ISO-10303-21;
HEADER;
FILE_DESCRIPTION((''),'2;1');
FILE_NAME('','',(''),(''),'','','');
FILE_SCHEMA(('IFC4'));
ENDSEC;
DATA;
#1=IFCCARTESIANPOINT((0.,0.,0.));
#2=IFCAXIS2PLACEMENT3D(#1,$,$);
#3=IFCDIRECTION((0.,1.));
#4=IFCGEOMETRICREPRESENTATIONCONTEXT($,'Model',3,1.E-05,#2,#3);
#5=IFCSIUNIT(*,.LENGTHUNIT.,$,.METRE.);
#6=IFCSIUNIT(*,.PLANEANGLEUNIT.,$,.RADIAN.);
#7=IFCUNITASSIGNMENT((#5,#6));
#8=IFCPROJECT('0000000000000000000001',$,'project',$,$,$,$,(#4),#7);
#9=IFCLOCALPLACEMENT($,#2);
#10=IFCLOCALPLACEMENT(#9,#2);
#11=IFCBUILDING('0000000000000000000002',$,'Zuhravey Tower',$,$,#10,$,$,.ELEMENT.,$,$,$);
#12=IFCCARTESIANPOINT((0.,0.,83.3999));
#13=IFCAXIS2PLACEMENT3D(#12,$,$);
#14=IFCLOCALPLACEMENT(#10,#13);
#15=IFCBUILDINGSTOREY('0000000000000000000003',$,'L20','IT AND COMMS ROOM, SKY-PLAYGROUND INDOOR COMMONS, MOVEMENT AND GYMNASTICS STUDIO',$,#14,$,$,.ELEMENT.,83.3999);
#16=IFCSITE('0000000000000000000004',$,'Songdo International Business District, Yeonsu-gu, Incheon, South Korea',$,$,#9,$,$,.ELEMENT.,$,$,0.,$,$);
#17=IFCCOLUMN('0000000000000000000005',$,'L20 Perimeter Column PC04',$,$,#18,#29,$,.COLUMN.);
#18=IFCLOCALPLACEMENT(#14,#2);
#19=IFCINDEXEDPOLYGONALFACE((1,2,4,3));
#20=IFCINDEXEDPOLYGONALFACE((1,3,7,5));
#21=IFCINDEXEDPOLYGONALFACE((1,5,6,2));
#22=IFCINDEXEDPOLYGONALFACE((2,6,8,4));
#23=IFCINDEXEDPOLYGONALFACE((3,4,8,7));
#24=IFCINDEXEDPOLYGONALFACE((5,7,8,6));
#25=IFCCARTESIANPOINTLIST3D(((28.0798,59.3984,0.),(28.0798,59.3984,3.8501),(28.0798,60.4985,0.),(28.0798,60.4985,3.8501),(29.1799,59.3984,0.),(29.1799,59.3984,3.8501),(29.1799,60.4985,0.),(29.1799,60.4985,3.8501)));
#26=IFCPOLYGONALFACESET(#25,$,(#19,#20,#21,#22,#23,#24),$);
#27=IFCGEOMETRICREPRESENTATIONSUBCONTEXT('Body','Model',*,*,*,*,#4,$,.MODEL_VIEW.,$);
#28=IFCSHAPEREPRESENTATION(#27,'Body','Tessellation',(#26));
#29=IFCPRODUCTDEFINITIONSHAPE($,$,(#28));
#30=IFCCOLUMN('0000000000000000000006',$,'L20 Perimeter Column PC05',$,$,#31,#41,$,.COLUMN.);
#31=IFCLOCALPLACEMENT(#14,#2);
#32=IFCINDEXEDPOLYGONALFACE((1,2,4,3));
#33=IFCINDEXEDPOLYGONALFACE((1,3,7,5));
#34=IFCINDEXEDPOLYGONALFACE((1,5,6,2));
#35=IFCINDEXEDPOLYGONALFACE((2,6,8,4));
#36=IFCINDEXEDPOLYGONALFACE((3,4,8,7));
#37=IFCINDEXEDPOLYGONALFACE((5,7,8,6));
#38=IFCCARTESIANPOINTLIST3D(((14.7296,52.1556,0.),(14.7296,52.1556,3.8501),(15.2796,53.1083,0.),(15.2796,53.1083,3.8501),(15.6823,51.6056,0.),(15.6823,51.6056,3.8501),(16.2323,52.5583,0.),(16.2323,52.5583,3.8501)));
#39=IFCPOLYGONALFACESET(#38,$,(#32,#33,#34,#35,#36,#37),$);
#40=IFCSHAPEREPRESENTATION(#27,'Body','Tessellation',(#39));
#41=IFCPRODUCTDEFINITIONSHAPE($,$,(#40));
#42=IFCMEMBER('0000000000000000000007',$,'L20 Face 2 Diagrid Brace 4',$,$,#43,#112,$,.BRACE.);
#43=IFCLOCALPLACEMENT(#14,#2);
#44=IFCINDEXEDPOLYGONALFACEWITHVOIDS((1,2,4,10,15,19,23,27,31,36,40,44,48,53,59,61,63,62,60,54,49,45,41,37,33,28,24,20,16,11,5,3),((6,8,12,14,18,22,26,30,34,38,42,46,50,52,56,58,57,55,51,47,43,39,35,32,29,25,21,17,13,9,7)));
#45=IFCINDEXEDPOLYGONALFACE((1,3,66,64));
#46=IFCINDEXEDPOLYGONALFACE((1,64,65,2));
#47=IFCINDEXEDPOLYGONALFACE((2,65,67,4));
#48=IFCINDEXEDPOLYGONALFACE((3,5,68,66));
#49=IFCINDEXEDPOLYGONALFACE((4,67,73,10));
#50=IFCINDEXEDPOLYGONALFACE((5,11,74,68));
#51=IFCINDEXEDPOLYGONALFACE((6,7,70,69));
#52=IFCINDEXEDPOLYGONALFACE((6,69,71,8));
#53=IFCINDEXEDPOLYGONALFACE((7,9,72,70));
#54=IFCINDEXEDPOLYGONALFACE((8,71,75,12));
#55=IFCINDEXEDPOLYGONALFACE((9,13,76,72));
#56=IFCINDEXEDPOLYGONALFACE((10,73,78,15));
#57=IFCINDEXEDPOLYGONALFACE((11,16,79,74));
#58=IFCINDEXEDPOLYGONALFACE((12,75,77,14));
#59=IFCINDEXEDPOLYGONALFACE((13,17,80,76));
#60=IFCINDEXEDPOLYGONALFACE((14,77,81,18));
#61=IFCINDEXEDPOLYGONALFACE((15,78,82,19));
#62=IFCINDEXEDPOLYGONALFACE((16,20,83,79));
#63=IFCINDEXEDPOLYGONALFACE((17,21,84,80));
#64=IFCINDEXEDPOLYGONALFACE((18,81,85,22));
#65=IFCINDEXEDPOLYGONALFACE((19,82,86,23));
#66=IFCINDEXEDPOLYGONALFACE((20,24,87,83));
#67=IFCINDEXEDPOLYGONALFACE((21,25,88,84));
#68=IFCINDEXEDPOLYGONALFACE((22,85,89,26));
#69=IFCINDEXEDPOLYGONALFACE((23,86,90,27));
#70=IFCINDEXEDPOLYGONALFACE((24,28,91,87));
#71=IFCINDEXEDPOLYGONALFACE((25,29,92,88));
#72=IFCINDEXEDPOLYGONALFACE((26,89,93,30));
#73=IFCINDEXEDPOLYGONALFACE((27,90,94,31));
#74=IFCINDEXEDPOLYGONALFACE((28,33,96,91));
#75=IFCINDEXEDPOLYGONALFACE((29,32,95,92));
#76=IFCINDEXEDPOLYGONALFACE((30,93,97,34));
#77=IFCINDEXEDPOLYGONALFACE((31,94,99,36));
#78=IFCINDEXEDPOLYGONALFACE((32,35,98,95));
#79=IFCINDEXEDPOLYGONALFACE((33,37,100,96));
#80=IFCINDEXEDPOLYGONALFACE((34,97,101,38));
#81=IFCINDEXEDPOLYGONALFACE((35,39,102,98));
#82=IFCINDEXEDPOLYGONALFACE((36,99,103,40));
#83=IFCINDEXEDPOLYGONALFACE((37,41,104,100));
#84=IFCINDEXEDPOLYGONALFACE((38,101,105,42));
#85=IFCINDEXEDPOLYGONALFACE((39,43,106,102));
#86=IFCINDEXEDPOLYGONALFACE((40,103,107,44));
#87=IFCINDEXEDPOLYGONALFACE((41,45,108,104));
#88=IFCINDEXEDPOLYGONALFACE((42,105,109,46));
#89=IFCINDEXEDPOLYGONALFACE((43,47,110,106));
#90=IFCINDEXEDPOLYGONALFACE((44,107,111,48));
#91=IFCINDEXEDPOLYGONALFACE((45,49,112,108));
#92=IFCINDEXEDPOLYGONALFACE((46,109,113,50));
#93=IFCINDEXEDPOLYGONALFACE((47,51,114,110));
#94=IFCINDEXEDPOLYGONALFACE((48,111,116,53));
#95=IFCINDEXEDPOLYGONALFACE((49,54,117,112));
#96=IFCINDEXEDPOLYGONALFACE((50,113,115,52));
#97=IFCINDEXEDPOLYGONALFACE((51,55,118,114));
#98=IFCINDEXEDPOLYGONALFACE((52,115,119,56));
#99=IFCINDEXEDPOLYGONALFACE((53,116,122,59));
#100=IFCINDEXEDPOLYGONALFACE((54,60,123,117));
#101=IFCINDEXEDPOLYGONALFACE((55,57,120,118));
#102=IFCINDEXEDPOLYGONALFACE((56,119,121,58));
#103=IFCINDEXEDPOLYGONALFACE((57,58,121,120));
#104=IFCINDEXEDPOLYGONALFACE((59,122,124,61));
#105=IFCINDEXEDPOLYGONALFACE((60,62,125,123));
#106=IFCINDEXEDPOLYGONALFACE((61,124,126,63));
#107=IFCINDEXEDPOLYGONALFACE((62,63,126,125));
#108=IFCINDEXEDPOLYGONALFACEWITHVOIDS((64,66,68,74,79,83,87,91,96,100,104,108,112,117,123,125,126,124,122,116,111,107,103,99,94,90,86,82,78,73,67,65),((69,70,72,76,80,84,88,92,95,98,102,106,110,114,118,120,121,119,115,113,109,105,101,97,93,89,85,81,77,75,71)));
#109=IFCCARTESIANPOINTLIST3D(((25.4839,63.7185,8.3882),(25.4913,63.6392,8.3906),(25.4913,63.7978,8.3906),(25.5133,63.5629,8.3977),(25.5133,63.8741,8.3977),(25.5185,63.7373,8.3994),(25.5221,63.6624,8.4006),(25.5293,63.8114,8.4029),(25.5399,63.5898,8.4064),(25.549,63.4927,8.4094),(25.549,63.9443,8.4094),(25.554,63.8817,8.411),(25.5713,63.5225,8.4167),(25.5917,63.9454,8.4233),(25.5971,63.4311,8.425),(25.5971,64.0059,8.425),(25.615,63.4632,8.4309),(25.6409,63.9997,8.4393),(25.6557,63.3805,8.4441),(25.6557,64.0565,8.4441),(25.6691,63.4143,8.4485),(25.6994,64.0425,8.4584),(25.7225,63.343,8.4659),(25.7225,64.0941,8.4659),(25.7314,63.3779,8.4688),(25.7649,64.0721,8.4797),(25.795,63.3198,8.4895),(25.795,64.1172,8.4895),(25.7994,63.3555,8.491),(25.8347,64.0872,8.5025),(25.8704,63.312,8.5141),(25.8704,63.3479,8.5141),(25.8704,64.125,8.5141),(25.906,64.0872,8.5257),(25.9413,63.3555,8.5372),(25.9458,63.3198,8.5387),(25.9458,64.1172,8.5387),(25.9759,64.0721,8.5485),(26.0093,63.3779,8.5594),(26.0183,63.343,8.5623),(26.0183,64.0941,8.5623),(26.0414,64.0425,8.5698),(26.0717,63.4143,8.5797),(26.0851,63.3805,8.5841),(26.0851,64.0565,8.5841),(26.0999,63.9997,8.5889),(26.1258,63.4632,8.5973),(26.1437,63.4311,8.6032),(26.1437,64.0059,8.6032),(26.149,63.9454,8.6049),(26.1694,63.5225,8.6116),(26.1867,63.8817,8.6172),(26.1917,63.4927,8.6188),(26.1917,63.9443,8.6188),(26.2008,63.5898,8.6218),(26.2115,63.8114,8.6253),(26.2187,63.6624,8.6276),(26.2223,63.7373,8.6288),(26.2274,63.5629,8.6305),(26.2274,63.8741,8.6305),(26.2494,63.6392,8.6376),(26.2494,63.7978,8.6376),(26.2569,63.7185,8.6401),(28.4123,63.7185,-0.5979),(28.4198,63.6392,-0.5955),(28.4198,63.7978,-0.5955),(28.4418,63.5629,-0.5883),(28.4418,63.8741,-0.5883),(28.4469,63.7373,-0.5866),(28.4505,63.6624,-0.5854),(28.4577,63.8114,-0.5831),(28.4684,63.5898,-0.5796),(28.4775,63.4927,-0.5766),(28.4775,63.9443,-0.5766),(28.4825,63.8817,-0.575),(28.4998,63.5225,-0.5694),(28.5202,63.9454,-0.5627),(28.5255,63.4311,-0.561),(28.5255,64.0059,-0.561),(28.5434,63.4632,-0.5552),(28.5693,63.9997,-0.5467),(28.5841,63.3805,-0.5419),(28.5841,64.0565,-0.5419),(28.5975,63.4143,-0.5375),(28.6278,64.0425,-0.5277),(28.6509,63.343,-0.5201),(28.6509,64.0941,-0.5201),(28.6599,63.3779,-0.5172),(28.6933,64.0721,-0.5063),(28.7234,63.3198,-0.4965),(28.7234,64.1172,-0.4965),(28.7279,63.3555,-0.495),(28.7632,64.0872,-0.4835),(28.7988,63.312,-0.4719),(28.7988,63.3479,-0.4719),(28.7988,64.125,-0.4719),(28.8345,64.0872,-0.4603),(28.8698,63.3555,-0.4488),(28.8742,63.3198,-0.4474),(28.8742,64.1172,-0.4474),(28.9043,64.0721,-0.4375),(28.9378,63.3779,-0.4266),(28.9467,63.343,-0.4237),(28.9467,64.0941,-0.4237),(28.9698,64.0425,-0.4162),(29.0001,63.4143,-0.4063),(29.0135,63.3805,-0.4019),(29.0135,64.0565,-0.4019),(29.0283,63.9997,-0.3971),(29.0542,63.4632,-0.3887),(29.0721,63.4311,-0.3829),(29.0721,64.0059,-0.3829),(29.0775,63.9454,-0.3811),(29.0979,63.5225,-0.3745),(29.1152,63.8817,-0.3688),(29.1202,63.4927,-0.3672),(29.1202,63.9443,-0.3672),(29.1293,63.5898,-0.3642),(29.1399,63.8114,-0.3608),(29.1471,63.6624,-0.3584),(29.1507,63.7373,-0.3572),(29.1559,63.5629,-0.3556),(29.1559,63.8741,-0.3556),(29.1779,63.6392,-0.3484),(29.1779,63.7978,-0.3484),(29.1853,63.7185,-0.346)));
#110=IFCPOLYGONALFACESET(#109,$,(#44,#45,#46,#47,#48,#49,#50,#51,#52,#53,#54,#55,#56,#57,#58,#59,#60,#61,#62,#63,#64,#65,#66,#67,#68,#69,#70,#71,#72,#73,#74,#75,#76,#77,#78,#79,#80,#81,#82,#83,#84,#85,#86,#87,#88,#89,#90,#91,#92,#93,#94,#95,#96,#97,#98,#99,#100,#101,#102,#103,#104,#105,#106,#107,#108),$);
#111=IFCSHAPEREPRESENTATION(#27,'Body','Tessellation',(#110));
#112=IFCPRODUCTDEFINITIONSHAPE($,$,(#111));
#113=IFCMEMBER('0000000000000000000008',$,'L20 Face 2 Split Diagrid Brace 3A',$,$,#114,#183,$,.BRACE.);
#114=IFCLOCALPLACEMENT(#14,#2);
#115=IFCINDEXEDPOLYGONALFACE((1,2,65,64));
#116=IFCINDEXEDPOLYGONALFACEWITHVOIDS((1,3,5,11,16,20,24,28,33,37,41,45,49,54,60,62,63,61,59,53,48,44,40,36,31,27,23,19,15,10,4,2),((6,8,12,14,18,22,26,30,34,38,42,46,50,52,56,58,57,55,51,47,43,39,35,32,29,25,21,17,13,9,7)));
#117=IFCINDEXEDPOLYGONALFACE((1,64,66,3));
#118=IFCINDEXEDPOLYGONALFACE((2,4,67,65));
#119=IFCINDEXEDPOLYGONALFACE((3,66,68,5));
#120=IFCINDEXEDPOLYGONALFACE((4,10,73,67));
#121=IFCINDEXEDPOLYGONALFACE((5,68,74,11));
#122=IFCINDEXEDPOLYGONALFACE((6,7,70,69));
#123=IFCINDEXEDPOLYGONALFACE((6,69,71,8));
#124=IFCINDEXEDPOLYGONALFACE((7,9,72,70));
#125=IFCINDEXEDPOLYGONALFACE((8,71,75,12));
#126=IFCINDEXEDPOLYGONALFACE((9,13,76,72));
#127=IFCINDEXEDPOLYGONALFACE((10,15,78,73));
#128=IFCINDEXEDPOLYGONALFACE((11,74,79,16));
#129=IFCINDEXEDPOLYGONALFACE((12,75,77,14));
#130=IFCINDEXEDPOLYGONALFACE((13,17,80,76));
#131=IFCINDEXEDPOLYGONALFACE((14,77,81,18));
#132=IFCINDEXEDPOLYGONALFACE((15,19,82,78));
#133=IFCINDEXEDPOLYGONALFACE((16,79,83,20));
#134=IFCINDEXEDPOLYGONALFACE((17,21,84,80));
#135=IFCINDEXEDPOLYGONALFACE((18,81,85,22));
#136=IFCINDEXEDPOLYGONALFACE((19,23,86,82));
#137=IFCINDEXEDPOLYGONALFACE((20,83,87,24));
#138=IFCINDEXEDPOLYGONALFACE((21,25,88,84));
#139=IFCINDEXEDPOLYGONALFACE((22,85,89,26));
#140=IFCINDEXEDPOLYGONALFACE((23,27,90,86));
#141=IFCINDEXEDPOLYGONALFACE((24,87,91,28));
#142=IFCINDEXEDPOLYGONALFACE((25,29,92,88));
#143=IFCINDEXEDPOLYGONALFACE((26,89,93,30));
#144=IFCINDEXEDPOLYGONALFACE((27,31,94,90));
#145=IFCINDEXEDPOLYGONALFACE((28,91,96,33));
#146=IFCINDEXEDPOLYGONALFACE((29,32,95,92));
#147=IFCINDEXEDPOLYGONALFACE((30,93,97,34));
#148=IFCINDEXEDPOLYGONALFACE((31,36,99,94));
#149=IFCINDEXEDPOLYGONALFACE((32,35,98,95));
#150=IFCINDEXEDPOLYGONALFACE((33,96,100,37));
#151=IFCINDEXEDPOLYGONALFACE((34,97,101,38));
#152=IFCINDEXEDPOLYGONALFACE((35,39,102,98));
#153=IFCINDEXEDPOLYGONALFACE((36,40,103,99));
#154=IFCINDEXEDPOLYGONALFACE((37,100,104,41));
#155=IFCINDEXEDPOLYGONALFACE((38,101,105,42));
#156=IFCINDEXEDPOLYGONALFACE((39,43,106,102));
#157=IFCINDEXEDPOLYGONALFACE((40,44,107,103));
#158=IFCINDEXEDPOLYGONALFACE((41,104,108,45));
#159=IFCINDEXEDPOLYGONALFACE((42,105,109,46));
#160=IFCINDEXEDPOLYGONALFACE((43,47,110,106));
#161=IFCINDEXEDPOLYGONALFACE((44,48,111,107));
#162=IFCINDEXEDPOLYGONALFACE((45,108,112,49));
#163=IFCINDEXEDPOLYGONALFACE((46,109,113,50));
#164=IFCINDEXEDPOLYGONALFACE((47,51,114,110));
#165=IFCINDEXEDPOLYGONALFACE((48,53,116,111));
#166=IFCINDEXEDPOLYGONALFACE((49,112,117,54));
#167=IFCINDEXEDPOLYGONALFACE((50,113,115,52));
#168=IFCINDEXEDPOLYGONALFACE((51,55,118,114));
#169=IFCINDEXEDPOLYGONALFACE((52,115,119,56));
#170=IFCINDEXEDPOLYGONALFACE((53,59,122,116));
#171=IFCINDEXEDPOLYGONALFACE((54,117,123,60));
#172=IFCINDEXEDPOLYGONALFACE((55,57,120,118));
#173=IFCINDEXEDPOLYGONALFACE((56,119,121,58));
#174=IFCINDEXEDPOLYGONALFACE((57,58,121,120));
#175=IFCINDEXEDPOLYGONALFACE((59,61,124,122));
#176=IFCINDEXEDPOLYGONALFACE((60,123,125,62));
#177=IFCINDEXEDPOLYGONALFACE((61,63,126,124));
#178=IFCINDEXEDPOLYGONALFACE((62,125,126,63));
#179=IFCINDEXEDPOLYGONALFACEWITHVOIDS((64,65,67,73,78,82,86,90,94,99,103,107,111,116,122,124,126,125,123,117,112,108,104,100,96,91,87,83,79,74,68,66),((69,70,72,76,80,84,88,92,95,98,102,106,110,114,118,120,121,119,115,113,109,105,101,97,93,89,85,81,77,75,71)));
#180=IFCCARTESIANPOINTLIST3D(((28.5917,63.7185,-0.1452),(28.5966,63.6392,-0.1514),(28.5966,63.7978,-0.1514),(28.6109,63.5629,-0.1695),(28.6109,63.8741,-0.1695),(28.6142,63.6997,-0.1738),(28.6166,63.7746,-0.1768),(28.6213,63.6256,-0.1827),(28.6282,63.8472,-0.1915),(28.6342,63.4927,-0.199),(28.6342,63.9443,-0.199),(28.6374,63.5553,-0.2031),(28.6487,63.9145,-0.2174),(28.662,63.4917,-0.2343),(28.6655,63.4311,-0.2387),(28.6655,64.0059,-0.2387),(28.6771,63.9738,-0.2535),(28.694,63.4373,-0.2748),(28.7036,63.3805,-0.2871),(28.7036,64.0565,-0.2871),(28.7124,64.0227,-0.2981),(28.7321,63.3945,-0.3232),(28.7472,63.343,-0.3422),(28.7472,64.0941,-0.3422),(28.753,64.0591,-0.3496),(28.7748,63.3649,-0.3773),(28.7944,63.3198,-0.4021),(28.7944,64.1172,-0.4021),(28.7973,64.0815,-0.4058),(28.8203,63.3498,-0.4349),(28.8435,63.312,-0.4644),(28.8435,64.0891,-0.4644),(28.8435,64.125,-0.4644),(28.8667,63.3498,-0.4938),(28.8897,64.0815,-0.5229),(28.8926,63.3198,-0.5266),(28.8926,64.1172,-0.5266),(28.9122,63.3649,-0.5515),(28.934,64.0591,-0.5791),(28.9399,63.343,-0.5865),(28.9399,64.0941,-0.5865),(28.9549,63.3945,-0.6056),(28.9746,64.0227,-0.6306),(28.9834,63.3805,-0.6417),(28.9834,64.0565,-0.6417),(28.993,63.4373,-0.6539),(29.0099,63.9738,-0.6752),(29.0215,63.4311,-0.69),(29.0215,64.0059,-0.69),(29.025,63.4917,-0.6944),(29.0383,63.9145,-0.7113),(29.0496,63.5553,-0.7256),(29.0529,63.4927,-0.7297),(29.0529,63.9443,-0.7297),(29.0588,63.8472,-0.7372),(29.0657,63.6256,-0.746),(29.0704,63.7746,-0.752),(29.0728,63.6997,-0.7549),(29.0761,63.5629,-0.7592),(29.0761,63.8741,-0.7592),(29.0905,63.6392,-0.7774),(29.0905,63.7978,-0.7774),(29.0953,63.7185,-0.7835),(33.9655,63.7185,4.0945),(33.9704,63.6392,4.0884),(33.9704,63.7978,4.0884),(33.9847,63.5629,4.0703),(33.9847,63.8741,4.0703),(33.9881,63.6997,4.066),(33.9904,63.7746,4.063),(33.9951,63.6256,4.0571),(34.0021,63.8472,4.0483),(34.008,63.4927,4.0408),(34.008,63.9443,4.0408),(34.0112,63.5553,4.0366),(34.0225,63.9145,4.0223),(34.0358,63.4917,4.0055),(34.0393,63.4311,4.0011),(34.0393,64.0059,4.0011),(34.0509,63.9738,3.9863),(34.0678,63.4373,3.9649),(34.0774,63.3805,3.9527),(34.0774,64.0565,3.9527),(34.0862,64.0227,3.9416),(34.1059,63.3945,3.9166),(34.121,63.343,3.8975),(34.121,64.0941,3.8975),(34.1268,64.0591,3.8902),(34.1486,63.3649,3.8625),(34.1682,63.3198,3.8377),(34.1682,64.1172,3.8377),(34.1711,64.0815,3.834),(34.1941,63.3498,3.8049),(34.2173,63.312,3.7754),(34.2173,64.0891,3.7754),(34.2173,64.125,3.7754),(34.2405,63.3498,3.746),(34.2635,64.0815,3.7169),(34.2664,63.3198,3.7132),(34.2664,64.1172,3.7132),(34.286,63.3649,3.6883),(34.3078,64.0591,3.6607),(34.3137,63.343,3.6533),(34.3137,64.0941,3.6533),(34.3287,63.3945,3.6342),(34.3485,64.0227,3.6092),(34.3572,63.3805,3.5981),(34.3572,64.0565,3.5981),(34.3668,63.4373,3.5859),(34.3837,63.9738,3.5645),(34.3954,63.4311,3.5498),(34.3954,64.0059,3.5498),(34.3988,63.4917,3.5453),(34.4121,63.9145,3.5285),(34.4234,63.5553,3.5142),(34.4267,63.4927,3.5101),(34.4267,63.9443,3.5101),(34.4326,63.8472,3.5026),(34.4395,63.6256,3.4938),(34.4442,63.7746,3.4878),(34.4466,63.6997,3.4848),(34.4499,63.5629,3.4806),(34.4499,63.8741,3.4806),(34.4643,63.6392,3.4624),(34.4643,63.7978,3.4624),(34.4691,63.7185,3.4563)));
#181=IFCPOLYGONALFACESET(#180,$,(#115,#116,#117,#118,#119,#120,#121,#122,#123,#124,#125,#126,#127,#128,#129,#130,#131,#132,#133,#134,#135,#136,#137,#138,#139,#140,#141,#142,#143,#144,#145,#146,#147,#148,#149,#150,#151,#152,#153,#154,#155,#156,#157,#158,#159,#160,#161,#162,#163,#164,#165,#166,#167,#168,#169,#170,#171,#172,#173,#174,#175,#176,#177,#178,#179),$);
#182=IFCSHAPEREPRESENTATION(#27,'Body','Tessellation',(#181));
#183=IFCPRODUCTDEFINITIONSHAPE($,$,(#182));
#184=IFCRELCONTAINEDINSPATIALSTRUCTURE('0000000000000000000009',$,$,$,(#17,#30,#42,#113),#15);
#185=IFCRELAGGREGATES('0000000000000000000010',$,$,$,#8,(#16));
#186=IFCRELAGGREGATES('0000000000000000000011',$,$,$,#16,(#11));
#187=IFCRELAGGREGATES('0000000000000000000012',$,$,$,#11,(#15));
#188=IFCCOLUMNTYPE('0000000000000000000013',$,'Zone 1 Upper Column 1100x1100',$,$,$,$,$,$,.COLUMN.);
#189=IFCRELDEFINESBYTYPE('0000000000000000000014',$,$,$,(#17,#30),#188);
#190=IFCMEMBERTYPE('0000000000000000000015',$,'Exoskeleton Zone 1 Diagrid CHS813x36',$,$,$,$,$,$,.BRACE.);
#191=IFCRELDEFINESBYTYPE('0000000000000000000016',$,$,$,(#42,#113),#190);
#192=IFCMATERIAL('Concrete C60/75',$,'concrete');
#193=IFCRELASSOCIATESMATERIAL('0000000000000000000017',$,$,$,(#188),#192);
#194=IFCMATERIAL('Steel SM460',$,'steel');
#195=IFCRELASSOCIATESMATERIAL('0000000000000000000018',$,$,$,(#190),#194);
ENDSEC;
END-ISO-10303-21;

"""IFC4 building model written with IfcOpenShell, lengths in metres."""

from ifc_helpers import new_model, si_unit, direction, frame, origin, origin_2d, place, context, subcontext, project, spatial, rectangle, hollow_circle, extrude, material, material_profile, profile_set, type_object, element, save


model = new_model("IFC4")

# Units and contexts
model_context = context("Model", 3, precision=1e-05, world=origin(), true_north=direction((0.0, 1.0)))
body_context = subcontext(model_context, "Body", "Model", "MODEL_VIEW")
ifc_project = project(units=[si_unit("LENGTHUNIT", "METRE"), si_unit("PLANEANGLEUNIT", "RADIAN")], contexts=[model_context])

# Site, building, storey
site_placement = place(None, origin())
site = spatial("IfcSite", under=ifc_project, at=site_placement, Name="Songdo International Business District, Yeonsu-gu, Incheon, South Korea", CompositionType="ELEMENT", RefElevation=0.0)
building_placement = place(site_placement, origin())
building = spatial("IfcBuilding", under=site, at=building_placement, Name="Zuhravey Tower", CompositionType="ELEMENT")
storey_placement = place(building_placement, frame((0.0, 0.0, 83.3999)))
storey = spatial("IfcBuildingStorey", under=building, at=storey_placement, Name="L20", Description="IT AND COMMS ROOM, SKY-PLAYGROUND INDOOR COMMONS, MOVEMENT AND GYMNASTICS STUDIO", CompositionType="ELEMENT", Elevation=83.3999)

# Columns
ifc_material_1 = material(Name="Concrete C60/75", Category="concrete")
ifc_material_profile_1 = material_profile(ifc_material_1, rectangle(XDim=1.1001, YDim=1.1001, at=origin_2d()), Name="RC-1100x1100")
ifc_profile_set_1 = profile_set([ifc_material_profile_1], Name="Concrete C60/75")
column_type = type_object("IfcColumnType", Name="Zone 1 Upper Column 1100x1100", PredefinedType="COLUMN", material=ifc_profile_set_1)
for number, where, z_axis, x_axis, name in (
    (1, (28.6299, 59.9485, 0.0), (0.0, 0.0, 1.0), (-1.0, 0.0, 0.0), "L20 Perimeter Column PC04"),
    (2, (15.481, 52.3569, 0.0), (0.0, 0.0, 1.0), (-0.5, -0.866025, 0.0), "L20 Perimeter Column PC05"),
):
    element("IfcColumn", number, at=place(storey_placement, frame(where, z_axis=z_axis, x_axis=x_axis)), inside=storey, type_object=column_type, Name=name, PredefinedType="COLUMN", context=body_context, shape_type="SweptSolid", body=[
        extrude(rectangle(XDim=1.1001, YDim=1.1001, at=origin_2d()), origin(), (0.0, 0.0, 1.0), 3.8501),
    ])

# Members
ifc_material_2 = material(Name="Steel SM460", Category="steel")
ifc_material_profile_2 = material_profile(ifc_material_2, hollow_circle(Radius=0.4065, WallThickness=0.0359, at=origin_2d()), Name="CHS-812.8x36")
ifc_profile_set_2 = profile_set([ifc_material_profile_2], Name="Steel SM460")
member_type_1 = type_object("IfcMemberType", Name="Exoskeleton Zone 1 Diagrid CHS813x36", PredefinedType="BRACE", material=ifc_profile_set_2)
member_1_placement = place(storey_placement, frame((28.7988, 63.7185, -0.4719), z_axis=(-0.309851, 0.0, 0.950785), x_axis=(0.0, -1.0, 0.0)))
element("IfcMember", 3, at=member_1_placement, inside=storey, type_object=member_type_1, Name="L20 Face 2 Diagrid Brace 4", PredefinedType="BRACE", context=body_context, shape_type="SweptSolid", body=[
    extrude(hollow_circle(Radius=0.4065, WallThickness=0.0359, at=origin_2d()), origin(), (0.0, 0.0, 1.0), 9.4512),
])
member_2_placement = place(storey_placement, frame((28.8435, 63.7185, -0.4644), z_axis=(0.785075, 0.0, 0.6194), x_axis=(0.0, 1.0, 0.0)))
element("IfcMember", 4, at=member_2_placement, inside=storey, type_object=member_type_1, Name="L20 Face 2 Split Diagrid Brace 3A", PredefinedType="BRACE", context=body_context, shape_type="SweptSolid", body=[
    extrude(hollow_circle(Radius=0.4065, WallThickness=0.0359, at=origin_2d()), origin(), (0.0, 0.0, 1.0), 6.845),
])

save(model, "model.ifc")
